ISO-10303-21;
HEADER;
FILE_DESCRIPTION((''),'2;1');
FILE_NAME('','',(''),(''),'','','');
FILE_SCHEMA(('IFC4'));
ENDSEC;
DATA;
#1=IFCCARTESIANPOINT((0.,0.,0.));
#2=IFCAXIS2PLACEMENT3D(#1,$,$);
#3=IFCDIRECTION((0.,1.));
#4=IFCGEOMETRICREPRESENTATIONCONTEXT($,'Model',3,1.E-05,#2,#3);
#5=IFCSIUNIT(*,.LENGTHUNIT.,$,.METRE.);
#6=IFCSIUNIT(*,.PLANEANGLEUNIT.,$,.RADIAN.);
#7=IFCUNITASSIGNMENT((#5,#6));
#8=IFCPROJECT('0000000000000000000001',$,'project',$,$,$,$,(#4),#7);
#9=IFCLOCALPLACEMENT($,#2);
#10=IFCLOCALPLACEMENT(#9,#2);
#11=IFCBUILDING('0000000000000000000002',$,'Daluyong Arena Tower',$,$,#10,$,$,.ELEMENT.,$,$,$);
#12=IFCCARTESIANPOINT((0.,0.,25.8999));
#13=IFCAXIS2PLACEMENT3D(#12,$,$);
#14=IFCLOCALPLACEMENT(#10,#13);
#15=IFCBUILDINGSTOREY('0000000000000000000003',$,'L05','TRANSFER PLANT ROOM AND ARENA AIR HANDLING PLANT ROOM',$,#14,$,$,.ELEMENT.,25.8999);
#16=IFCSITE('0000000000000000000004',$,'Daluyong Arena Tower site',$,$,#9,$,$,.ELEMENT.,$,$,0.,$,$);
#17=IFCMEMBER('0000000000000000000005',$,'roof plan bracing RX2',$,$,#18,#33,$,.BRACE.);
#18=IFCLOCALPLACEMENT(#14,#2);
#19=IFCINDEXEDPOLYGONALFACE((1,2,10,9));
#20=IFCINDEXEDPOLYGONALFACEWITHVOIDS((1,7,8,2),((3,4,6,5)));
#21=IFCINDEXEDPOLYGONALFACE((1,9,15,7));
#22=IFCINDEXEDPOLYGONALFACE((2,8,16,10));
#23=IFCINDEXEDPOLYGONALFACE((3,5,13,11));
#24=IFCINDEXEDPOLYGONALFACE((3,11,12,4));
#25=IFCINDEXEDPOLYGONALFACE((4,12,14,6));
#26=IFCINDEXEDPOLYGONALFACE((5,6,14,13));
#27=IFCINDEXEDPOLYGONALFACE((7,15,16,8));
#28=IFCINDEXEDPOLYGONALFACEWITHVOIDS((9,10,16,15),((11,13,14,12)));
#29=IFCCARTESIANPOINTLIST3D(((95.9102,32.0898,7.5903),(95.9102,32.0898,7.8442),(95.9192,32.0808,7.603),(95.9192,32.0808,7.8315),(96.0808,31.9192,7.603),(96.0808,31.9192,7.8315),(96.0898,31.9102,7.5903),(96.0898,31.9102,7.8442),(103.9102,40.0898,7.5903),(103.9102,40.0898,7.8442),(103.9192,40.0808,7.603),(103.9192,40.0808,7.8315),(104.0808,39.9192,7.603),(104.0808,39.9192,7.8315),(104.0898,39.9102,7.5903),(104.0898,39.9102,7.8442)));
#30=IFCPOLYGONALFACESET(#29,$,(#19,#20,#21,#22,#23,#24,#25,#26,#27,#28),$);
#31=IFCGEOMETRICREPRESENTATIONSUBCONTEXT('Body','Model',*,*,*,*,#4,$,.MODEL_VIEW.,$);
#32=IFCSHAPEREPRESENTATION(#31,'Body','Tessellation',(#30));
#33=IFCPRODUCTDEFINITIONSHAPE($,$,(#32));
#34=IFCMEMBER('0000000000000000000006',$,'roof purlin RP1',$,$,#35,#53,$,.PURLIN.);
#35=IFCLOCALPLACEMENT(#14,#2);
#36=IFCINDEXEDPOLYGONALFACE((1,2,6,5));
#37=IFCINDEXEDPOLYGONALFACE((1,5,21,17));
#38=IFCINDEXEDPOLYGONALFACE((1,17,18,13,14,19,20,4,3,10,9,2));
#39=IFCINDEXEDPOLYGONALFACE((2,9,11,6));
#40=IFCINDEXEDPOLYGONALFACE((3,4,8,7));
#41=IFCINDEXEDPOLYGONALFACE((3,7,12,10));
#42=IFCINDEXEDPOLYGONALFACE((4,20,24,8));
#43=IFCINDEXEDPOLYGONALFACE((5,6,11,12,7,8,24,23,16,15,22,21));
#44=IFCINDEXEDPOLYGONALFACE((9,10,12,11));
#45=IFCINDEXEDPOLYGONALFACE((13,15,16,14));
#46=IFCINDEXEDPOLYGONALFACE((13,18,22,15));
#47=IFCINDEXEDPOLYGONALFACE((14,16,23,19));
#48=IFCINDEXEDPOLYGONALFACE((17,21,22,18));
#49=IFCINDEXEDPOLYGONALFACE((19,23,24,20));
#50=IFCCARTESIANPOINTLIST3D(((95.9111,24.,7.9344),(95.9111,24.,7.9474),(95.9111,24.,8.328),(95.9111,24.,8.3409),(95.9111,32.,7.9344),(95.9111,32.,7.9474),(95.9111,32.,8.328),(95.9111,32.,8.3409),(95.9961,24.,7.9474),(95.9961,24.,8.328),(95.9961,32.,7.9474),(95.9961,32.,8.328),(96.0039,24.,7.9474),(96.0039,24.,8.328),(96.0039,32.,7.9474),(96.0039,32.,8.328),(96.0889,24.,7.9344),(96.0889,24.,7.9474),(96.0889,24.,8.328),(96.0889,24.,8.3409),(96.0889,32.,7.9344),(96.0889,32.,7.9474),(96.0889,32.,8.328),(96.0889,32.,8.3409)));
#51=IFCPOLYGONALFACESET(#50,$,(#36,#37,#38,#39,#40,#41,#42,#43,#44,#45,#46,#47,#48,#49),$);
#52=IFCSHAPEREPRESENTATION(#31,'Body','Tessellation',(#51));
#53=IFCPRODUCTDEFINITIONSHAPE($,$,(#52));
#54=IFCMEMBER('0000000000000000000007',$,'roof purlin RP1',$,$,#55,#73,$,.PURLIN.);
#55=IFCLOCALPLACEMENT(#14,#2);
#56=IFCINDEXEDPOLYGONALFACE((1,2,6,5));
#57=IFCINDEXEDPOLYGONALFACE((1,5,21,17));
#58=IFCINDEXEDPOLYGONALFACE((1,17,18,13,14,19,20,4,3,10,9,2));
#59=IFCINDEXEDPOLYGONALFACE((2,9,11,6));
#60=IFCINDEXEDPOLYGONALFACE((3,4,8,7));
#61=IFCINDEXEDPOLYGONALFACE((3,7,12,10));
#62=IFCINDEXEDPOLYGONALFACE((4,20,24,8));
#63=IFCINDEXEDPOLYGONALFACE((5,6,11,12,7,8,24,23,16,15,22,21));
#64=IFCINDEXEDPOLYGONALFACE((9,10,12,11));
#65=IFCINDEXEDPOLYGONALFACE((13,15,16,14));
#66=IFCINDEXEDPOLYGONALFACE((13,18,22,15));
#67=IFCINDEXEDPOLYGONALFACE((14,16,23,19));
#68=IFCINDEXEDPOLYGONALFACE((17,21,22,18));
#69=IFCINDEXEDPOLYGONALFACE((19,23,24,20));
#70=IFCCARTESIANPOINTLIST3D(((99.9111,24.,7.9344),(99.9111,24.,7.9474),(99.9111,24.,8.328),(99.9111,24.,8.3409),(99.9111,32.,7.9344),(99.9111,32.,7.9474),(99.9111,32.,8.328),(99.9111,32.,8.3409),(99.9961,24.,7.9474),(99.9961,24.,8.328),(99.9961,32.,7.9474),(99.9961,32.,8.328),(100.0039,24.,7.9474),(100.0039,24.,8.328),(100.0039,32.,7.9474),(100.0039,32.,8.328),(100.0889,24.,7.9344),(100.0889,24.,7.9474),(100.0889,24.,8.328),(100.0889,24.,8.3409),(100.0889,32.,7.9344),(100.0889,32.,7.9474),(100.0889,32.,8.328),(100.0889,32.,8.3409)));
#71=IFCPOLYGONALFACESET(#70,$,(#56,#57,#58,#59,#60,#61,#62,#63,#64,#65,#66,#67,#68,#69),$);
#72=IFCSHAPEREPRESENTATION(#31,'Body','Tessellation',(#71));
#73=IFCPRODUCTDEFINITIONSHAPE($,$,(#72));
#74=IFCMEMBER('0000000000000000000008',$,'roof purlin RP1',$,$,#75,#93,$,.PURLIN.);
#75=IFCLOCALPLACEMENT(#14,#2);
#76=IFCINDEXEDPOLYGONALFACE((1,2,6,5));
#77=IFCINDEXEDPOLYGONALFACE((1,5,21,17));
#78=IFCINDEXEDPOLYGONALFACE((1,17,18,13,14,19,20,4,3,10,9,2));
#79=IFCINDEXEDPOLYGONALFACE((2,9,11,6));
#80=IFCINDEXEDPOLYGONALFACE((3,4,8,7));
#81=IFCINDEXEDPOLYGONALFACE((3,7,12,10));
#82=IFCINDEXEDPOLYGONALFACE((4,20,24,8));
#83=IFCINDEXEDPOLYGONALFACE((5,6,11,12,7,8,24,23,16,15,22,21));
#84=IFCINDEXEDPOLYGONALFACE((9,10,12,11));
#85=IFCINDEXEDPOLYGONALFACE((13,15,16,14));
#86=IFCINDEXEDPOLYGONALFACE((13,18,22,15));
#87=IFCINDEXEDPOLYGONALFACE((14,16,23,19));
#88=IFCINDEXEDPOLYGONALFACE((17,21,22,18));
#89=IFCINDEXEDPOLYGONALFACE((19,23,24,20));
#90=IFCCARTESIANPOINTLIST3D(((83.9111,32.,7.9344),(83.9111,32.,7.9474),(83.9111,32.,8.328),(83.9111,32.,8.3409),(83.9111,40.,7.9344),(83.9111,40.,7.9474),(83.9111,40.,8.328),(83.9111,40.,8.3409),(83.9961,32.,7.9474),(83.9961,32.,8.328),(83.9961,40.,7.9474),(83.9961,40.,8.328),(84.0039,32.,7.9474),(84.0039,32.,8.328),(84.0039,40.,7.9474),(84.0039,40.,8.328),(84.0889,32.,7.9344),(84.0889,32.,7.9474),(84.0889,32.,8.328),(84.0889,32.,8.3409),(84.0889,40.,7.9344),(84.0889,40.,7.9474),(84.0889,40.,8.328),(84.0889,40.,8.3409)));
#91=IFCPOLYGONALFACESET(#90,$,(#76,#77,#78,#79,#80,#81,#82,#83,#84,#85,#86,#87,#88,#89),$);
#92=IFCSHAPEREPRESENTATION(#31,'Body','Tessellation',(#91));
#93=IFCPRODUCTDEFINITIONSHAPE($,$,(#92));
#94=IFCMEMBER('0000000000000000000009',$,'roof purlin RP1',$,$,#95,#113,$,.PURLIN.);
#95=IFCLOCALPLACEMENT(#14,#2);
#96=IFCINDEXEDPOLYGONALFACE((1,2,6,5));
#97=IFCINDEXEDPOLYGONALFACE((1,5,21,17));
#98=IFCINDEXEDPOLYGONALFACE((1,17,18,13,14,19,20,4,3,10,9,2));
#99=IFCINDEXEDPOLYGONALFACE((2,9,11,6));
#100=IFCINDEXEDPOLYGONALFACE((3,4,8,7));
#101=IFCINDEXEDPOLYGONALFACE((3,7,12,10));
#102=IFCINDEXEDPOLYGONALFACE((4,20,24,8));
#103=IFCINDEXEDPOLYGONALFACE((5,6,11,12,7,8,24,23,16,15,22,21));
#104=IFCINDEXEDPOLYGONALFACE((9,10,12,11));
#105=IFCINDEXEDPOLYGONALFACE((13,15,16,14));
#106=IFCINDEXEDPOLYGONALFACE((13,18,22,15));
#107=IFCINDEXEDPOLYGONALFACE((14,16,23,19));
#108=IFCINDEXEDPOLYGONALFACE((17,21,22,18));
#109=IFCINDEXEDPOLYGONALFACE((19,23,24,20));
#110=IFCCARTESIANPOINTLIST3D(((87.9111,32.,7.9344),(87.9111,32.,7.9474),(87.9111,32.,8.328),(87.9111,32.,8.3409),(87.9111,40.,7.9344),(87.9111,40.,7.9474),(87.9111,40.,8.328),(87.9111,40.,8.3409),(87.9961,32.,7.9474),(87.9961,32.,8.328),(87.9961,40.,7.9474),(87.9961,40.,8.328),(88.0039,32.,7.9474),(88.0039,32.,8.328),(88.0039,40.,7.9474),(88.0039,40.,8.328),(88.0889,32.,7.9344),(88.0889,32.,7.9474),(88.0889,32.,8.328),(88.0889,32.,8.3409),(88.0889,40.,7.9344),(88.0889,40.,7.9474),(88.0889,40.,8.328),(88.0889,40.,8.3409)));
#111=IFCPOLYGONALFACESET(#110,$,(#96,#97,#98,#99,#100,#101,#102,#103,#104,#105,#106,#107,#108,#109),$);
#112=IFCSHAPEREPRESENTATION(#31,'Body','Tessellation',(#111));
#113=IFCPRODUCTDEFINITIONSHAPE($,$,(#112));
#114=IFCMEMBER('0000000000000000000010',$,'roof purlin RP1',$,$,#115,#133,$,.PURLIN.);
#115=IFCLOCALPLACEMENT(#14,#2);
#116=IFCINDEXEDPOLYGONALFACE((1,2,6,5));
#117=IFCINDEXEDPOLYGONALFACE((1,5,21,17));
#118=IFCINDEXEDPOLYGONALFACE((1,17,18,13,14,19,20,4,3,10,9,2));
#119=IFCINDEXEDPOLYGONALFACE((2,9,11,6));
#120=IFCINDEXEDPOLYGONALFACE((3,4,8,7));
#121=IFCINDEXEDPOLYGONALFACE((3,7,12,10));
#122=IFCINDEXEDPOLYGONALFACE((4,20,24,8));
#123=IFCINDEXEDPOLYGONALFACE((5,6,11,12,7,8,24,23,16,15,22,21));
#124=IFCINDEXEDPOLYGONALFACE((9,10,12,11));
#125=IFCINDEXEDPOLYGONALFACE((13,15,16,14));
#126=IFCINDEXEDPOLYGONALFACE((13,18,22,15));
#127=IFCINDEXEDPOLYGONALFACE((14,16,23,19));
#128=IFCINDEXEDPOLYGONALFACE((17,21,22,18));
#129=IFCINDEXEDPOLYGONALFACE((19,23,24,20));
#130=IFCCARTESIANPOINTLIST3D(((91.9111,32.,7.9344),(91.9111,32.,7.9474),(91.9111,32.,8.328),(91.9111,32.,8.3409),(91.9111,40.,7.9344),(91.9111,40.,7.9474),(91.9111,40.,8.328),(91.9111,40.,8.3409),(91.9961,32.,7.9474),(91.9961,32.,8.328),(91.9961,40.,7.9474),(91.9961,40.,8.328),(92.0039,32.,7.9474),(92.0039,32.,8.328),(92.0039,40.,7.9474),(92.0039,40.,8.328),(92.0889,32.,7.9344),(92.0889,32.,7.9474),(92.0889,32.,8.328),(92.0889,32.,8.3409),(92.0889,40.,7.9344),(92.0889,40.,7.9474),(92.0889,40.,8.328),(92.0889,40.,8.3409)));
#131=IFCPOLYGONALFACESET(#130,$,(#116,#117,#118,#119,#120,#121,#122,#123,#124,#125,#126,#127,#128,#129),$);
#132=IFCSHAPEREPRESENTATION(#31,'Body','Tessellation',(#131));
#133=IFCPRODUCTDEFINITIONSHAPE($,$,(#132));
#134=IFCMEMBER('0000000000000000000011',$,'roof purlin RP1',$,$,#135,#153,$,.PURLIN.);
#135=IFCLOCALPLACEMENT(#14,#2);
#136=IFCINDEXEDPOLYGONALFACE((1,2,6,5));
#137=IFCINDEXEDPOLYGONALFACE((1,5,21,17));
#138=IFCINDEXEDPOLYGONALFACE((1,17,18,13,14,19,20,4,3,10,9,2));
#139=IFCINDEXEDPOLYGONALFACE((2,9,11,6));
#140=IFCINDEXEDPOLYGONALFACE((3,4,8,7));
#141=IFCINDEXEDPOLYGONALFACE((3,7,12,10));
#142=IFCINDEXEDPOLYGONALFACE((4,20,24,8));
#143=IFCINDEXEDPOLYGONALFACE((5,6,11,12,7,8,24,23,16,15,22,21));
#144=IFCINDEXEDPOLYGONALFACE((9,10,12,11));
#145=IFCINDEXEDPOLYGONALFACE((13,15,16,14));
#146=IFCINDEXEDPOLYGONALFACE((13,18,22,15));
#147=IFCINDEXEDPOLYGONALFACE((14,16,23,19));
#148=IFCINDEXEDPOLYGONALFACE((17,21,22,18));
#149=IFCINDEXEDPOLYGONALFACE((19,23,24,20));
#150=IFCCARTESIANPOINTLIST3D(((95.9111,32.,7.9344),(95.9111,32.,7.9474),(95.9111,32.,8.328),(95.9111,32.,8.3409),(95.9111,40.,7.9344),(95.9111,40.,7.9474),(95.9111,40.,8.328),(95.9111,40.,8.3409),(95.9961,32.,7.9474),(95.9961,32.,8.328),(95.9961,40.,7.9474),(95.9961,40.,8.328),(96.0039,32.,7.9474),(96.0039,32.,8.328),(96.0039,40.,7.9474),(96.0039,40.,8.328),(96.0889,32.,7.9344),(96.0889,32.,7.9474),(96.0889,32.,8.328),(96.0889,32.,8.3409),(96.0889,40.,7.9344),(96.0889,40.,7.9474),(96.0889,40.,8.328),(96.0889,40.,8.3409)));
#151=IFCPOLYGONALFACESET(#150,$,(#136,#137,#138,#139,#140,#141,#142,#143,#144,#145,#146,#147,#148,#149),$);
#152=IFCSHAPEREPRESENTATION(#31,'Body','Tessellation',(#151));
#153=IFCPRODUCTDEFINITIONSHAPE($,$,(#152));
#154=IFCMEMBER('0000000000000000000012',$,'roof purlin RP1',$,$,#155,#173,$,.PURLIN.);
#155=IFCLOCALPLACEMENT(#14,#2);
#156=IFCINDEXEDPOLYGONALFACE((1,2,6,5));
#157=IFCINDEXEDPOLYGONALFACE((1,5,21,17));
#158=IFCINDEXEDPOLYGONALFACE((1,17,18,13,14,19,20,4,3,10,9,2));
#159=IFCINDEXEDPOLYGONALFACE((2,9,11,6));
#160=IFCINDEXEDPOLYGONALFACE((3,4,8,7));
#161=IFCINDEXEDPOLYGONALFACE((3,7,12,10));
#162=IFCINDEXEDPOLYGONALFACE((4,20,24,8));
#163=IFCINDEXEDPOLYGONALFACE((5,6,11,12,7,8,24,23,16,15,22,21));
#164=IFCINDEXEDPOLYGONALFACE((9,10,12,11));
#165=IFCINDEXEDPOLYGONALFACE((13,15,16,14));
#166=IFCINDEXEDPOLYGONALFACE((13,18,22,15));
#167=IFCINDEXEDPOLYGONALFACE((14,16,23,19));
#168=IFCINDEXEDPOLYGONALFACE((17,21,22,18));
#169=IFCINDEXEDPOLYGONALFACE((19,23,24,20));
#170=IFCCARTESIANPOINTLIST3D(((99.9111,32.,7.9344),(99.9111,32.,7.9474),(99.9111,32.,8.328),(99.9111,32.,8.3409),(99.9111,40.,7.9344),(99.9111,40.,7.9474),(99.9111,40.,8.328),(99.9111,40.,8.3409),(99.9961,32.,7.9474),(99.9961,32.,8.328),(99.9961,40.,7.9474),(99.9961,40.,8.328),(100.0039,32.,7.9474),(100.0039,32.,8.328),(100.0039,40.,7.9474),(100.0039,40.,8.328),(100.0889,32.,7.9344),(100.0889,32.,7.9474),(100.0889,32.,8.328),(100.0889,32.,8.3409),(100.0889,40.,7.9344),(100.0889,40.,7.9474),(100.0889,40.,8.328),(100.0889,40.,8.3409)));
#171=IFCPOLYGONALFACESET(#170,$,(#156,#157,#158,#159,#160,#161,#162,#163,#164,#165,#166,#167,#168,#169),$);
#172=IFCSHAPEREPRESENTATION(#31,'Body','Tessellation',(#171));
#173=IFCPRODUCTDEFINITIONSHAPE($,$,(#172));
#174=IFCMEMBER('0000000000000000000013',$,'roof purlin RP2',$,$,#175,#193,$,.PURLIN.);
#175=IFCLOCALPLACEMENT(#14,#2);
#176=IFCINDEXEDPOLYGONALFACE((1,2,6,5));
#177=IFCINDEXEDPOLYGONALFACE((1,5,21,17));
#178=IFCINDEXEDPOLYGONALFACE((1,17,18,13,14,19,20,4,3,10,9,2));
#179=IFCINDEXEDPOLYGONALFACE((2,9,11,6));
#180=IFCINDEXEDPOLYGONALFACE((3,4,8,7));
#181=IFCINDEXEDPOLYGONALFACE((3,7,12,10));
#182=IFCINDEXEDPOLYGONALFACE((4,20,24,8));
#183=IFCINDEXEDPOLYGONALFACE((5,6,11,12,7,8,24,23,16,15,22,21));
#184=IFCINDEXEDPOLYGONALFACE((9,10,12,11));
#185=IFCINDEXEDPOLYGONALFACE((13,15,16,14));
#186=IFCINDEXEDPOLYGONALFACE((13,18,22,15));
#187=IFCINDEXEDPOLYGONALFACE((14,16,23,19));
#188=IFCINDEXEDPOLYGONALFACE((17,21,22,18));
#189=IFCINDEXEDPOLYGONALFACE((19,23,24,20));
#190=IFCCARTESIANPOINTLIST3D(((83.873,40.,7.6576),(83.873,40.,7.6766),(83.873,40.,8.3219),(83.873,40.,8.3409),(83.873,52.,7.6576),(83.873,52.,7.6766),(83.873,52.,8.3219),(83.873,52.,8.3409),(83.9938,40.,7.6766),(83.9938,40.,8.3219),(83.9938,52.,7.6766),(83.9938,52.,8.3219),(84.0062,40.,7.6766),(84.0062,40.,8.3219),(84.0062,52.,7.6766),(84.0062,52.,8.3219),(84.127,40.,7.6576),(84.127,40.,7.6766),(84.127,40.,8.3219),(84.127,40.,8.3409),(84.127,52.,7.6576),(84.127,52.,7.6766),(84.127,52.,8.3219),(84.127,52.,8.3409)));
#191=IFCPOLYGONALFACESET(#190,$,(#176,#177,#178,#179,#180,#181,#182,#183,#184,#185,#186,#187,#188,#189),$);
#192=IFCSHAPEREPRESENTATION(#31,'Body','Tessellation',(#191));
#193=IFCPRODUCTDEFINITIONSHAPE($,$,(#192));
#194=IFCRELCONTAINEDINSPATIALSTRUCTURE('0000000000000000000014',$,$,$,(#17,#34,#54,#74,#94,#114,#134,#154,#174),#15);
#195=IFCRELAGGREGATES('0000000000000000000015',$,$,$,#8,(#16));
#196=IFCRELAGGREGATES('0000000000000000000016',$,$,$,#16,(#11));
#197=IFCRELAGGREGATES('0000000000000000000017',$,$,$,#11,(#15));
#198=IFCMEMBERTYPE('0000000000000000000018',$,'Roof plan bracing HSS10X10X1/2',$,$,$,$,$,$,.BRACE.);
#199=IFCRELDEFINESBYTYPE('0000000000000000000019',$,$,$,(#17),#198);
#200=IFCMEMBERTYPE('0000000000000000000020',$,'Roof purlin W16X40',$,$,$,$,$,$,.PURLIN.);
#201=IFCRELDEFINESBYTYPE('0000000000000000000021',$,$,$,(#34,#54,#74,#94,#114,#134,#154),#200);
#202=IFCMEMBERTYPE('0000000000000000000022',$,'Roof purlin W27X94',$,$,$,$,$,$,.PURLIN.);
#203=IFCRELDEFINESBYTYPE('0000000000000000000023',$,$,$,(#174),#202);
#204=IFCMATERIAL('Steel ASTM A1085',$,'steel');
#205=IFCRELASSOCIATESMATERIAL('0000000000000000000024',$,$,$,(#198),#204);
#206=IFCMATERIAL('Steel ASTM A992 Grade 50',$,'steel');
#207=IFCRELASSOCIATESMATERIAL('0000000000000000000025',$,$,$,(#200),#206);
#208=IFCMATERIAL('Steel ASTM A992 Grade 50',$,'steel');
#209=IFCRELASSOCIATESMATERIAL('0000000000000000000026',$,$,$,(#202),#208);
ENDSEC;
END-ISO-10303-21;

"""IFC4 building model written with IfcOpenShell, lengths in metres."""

from ifc_helpers import new_model, si_unit, direction, frame, origin, origin_2d, place, context, subcontext, project, spatial, hollow_rectangle, i_section, extrude, material, material_profile, profile_set, type_object, element, save


model = new_model("IFC4")

# Units and contexts
model_context = context("Model", 3, precision=1e-05, world=origin(), true_north=direction((0.0, 1.0)))
body_context = subcontext(model_context, "Body", "Model", "MODEL_VIEW")
ifc_project = project(units=[si_unit("LENGTHUNIT", "METRE"), si_unit("PLANEANGLEUNIT", "RADIAN")], contexts=[model_context])

# Site, building, storey
site_placement = place(None, origin())
site = spatial("IfcSite", under=ifc_project, at=site_placement, Name="Daluyong Arena Tower site", CompositionType="ELEMENT", RefElevation=0.0)
building_placement = place(site_placement, origin())
building = spatial("IfcBuilding", under=site, at=building_placement, Name="Daluyong Arena Tower", CompositionType="ELEMENT")
storey_placement = place(building_placement, frame((0.0, 0.0, 25.8999)))
storey = spatial("IfcBuildingStorey", under=building, at=storey_placement, Name="L05", Description="TRANSFER PLANT ROOM AND ARENA AIR HANDLING PLANT ROOM", CompositionType="ELEMENT", Elevation=25.8999)

# Members
ifc_material_1 = material(Name="Steel ASTM A1085", Category="steel")
ifc_material_profile_1 = material_profile(ifc_material_1, hollow_rectangle(XDim=0.2539, YDim=0.2539, WallThickness=0.0127, at=origin_2d()))
ifc_profile_set_1 = profile_set([ifc_material_profile_1], Name="Steel ASTM A1085")
member_type_1 = type_object("IfcMemberType", Name="Roof plan bracing HSS10X10X1/2", PredefinedType="BRACE", material=ifc_profile_set_1)
member_1_placement = place(storey_placement, frame((96.0, 32.0, 7.7173), z_axis=(0.707107, 0.707107, 0.0), x_axis=(-0.707107, 0.707107, 0.0)))
element("IfcMember", 1, at=member_1_placement, inside=storey, type_object=member_type_1, Name="roof plan bracing RX2", PredefinedType="BRACE", context=body_context, shape_type="SweptSolid", body=[
    extrude(hollow_rectangle(XDim=0.2539, YDim=0.2539, WallThickness=0.0127, at=origin_2d()), origin(), (0.0, 0.0, 1.0), 11.3137),
])
ifc_material_2 = material(Name="Steel ASTM A992 Grade 50", Category="steel")
ifc_material_profile_2 = material_profile(ifc_material_2, i_section(OverallWidth=0.1777, OverallDepth=0.4065, WebThickness=0.0078, FlangeThickness=0.0129, at=origin_2d()))
ifc_profile_set_2 = profile_set([ifc_material_profile_2], Name="Steel ASTM A992 Grade 50")
member_type_2 = type_object("IfcMemberType", Name="Roof purlin W16X40", PredefinedType="PURLIN", material=ifc_profile_set_2)
for number, where, z_axis, x_axis, name in (
    (2, (96.0, 24.0, 8.1377), (0.0, 1.0, 0.0), (-1.0, 0.0, 0.0), "roof purlin RP1"),
    (3, (100.0, 24.0, 8.1377), (0.0, 1.0, 0.0), (-1.0, 0.0, 0.0), "roof purlin RP1"),
    (4, (84.0, 32.0, 8.1377), (0.0, 1.0, 0.0), (-1.0, 0.0, 0.0), "roof purlin RP1"),
    (5, (88.0, 32.0, 8.1377), (0.0, 1.0, 0.0), (-1.0, 0.0, 0.0), "roof purlin RP1"),
    (6, (92.0, 32.0, 8.1377), (0.0, 1.0, 0.0), (-1.0, 0.0, 0.0), "roof purlin RP1"),
    (7, (96.0, 32.0, 8.1377), (0.0, 1.0, 0.0), (-1.0, 0.0, 0.0), "roof purlin RP1"),
    (8, (100.0, 32.0, 8.1377), (0.0, 1.0, 0.0), (-1.0, 0.0, 0.0), "roof purlin RP1"),
):
    element("IfcMember", number, at=place(storey_placement, frame(where, z_axis=z_axis, x_axis=x_axis)), inside=storey, type_object=member_type_2, Name=name, PredefinedType="PURLIN", context=body_context, shape_type="SweptSolid", body=[
        extrude(i_section(OverallWidth=0.1777, OverallDepth=0.4065, WebThickness=0.0078, FlangeThickness=0.0129, at=origin_2d()), origin(), (0.0, 0.0, 1.0), 8.0),
    ])
ifc_material_3 = material(Name="Steel ASTM A992 Grade 50", Category="steel")
ifc_material_profile_3 = material_profile(ifc_material_3, i_section(OverallWidth=0.2539, OverallDepth=0.6833, WebThickness=0.0125, FlangeThickness=0.019, at=origin_2d()))
ifc_profile_set_3 = profile_set([ifc_material_profile_3], Name="Steel ASTM A992 Grade 50")
member_type_3 = type_object("IfcMemberType", Name="Roof purlin W27X94", PredefinedType="PURLIN", material=ifc_profile_set_3)
member_2_placement = place(storey_placement, frame((84.0, 40.0, 7.9993), z_axis=(0.0, 1.0, 0.0), x_axis=(-1.0, 0.0, 0.0)))
element("IfcMember", 9, at=member_2_placement, inside=storey, type_object=member_type_3, Name="roof purlin RP2", PredefinedType="PURLIN", context=body_context, shape_type="SweptSolid", body=[
    extrude(i_section(OverallWidth=0.2539, OverallDepth=0.6833, WebThickness=0.0125, FlangeThickness=0.019, at=origin_2d()), origin(), (0.0, 0.0, 1.0), 12.0),
])

save(model, "model.ifc")
